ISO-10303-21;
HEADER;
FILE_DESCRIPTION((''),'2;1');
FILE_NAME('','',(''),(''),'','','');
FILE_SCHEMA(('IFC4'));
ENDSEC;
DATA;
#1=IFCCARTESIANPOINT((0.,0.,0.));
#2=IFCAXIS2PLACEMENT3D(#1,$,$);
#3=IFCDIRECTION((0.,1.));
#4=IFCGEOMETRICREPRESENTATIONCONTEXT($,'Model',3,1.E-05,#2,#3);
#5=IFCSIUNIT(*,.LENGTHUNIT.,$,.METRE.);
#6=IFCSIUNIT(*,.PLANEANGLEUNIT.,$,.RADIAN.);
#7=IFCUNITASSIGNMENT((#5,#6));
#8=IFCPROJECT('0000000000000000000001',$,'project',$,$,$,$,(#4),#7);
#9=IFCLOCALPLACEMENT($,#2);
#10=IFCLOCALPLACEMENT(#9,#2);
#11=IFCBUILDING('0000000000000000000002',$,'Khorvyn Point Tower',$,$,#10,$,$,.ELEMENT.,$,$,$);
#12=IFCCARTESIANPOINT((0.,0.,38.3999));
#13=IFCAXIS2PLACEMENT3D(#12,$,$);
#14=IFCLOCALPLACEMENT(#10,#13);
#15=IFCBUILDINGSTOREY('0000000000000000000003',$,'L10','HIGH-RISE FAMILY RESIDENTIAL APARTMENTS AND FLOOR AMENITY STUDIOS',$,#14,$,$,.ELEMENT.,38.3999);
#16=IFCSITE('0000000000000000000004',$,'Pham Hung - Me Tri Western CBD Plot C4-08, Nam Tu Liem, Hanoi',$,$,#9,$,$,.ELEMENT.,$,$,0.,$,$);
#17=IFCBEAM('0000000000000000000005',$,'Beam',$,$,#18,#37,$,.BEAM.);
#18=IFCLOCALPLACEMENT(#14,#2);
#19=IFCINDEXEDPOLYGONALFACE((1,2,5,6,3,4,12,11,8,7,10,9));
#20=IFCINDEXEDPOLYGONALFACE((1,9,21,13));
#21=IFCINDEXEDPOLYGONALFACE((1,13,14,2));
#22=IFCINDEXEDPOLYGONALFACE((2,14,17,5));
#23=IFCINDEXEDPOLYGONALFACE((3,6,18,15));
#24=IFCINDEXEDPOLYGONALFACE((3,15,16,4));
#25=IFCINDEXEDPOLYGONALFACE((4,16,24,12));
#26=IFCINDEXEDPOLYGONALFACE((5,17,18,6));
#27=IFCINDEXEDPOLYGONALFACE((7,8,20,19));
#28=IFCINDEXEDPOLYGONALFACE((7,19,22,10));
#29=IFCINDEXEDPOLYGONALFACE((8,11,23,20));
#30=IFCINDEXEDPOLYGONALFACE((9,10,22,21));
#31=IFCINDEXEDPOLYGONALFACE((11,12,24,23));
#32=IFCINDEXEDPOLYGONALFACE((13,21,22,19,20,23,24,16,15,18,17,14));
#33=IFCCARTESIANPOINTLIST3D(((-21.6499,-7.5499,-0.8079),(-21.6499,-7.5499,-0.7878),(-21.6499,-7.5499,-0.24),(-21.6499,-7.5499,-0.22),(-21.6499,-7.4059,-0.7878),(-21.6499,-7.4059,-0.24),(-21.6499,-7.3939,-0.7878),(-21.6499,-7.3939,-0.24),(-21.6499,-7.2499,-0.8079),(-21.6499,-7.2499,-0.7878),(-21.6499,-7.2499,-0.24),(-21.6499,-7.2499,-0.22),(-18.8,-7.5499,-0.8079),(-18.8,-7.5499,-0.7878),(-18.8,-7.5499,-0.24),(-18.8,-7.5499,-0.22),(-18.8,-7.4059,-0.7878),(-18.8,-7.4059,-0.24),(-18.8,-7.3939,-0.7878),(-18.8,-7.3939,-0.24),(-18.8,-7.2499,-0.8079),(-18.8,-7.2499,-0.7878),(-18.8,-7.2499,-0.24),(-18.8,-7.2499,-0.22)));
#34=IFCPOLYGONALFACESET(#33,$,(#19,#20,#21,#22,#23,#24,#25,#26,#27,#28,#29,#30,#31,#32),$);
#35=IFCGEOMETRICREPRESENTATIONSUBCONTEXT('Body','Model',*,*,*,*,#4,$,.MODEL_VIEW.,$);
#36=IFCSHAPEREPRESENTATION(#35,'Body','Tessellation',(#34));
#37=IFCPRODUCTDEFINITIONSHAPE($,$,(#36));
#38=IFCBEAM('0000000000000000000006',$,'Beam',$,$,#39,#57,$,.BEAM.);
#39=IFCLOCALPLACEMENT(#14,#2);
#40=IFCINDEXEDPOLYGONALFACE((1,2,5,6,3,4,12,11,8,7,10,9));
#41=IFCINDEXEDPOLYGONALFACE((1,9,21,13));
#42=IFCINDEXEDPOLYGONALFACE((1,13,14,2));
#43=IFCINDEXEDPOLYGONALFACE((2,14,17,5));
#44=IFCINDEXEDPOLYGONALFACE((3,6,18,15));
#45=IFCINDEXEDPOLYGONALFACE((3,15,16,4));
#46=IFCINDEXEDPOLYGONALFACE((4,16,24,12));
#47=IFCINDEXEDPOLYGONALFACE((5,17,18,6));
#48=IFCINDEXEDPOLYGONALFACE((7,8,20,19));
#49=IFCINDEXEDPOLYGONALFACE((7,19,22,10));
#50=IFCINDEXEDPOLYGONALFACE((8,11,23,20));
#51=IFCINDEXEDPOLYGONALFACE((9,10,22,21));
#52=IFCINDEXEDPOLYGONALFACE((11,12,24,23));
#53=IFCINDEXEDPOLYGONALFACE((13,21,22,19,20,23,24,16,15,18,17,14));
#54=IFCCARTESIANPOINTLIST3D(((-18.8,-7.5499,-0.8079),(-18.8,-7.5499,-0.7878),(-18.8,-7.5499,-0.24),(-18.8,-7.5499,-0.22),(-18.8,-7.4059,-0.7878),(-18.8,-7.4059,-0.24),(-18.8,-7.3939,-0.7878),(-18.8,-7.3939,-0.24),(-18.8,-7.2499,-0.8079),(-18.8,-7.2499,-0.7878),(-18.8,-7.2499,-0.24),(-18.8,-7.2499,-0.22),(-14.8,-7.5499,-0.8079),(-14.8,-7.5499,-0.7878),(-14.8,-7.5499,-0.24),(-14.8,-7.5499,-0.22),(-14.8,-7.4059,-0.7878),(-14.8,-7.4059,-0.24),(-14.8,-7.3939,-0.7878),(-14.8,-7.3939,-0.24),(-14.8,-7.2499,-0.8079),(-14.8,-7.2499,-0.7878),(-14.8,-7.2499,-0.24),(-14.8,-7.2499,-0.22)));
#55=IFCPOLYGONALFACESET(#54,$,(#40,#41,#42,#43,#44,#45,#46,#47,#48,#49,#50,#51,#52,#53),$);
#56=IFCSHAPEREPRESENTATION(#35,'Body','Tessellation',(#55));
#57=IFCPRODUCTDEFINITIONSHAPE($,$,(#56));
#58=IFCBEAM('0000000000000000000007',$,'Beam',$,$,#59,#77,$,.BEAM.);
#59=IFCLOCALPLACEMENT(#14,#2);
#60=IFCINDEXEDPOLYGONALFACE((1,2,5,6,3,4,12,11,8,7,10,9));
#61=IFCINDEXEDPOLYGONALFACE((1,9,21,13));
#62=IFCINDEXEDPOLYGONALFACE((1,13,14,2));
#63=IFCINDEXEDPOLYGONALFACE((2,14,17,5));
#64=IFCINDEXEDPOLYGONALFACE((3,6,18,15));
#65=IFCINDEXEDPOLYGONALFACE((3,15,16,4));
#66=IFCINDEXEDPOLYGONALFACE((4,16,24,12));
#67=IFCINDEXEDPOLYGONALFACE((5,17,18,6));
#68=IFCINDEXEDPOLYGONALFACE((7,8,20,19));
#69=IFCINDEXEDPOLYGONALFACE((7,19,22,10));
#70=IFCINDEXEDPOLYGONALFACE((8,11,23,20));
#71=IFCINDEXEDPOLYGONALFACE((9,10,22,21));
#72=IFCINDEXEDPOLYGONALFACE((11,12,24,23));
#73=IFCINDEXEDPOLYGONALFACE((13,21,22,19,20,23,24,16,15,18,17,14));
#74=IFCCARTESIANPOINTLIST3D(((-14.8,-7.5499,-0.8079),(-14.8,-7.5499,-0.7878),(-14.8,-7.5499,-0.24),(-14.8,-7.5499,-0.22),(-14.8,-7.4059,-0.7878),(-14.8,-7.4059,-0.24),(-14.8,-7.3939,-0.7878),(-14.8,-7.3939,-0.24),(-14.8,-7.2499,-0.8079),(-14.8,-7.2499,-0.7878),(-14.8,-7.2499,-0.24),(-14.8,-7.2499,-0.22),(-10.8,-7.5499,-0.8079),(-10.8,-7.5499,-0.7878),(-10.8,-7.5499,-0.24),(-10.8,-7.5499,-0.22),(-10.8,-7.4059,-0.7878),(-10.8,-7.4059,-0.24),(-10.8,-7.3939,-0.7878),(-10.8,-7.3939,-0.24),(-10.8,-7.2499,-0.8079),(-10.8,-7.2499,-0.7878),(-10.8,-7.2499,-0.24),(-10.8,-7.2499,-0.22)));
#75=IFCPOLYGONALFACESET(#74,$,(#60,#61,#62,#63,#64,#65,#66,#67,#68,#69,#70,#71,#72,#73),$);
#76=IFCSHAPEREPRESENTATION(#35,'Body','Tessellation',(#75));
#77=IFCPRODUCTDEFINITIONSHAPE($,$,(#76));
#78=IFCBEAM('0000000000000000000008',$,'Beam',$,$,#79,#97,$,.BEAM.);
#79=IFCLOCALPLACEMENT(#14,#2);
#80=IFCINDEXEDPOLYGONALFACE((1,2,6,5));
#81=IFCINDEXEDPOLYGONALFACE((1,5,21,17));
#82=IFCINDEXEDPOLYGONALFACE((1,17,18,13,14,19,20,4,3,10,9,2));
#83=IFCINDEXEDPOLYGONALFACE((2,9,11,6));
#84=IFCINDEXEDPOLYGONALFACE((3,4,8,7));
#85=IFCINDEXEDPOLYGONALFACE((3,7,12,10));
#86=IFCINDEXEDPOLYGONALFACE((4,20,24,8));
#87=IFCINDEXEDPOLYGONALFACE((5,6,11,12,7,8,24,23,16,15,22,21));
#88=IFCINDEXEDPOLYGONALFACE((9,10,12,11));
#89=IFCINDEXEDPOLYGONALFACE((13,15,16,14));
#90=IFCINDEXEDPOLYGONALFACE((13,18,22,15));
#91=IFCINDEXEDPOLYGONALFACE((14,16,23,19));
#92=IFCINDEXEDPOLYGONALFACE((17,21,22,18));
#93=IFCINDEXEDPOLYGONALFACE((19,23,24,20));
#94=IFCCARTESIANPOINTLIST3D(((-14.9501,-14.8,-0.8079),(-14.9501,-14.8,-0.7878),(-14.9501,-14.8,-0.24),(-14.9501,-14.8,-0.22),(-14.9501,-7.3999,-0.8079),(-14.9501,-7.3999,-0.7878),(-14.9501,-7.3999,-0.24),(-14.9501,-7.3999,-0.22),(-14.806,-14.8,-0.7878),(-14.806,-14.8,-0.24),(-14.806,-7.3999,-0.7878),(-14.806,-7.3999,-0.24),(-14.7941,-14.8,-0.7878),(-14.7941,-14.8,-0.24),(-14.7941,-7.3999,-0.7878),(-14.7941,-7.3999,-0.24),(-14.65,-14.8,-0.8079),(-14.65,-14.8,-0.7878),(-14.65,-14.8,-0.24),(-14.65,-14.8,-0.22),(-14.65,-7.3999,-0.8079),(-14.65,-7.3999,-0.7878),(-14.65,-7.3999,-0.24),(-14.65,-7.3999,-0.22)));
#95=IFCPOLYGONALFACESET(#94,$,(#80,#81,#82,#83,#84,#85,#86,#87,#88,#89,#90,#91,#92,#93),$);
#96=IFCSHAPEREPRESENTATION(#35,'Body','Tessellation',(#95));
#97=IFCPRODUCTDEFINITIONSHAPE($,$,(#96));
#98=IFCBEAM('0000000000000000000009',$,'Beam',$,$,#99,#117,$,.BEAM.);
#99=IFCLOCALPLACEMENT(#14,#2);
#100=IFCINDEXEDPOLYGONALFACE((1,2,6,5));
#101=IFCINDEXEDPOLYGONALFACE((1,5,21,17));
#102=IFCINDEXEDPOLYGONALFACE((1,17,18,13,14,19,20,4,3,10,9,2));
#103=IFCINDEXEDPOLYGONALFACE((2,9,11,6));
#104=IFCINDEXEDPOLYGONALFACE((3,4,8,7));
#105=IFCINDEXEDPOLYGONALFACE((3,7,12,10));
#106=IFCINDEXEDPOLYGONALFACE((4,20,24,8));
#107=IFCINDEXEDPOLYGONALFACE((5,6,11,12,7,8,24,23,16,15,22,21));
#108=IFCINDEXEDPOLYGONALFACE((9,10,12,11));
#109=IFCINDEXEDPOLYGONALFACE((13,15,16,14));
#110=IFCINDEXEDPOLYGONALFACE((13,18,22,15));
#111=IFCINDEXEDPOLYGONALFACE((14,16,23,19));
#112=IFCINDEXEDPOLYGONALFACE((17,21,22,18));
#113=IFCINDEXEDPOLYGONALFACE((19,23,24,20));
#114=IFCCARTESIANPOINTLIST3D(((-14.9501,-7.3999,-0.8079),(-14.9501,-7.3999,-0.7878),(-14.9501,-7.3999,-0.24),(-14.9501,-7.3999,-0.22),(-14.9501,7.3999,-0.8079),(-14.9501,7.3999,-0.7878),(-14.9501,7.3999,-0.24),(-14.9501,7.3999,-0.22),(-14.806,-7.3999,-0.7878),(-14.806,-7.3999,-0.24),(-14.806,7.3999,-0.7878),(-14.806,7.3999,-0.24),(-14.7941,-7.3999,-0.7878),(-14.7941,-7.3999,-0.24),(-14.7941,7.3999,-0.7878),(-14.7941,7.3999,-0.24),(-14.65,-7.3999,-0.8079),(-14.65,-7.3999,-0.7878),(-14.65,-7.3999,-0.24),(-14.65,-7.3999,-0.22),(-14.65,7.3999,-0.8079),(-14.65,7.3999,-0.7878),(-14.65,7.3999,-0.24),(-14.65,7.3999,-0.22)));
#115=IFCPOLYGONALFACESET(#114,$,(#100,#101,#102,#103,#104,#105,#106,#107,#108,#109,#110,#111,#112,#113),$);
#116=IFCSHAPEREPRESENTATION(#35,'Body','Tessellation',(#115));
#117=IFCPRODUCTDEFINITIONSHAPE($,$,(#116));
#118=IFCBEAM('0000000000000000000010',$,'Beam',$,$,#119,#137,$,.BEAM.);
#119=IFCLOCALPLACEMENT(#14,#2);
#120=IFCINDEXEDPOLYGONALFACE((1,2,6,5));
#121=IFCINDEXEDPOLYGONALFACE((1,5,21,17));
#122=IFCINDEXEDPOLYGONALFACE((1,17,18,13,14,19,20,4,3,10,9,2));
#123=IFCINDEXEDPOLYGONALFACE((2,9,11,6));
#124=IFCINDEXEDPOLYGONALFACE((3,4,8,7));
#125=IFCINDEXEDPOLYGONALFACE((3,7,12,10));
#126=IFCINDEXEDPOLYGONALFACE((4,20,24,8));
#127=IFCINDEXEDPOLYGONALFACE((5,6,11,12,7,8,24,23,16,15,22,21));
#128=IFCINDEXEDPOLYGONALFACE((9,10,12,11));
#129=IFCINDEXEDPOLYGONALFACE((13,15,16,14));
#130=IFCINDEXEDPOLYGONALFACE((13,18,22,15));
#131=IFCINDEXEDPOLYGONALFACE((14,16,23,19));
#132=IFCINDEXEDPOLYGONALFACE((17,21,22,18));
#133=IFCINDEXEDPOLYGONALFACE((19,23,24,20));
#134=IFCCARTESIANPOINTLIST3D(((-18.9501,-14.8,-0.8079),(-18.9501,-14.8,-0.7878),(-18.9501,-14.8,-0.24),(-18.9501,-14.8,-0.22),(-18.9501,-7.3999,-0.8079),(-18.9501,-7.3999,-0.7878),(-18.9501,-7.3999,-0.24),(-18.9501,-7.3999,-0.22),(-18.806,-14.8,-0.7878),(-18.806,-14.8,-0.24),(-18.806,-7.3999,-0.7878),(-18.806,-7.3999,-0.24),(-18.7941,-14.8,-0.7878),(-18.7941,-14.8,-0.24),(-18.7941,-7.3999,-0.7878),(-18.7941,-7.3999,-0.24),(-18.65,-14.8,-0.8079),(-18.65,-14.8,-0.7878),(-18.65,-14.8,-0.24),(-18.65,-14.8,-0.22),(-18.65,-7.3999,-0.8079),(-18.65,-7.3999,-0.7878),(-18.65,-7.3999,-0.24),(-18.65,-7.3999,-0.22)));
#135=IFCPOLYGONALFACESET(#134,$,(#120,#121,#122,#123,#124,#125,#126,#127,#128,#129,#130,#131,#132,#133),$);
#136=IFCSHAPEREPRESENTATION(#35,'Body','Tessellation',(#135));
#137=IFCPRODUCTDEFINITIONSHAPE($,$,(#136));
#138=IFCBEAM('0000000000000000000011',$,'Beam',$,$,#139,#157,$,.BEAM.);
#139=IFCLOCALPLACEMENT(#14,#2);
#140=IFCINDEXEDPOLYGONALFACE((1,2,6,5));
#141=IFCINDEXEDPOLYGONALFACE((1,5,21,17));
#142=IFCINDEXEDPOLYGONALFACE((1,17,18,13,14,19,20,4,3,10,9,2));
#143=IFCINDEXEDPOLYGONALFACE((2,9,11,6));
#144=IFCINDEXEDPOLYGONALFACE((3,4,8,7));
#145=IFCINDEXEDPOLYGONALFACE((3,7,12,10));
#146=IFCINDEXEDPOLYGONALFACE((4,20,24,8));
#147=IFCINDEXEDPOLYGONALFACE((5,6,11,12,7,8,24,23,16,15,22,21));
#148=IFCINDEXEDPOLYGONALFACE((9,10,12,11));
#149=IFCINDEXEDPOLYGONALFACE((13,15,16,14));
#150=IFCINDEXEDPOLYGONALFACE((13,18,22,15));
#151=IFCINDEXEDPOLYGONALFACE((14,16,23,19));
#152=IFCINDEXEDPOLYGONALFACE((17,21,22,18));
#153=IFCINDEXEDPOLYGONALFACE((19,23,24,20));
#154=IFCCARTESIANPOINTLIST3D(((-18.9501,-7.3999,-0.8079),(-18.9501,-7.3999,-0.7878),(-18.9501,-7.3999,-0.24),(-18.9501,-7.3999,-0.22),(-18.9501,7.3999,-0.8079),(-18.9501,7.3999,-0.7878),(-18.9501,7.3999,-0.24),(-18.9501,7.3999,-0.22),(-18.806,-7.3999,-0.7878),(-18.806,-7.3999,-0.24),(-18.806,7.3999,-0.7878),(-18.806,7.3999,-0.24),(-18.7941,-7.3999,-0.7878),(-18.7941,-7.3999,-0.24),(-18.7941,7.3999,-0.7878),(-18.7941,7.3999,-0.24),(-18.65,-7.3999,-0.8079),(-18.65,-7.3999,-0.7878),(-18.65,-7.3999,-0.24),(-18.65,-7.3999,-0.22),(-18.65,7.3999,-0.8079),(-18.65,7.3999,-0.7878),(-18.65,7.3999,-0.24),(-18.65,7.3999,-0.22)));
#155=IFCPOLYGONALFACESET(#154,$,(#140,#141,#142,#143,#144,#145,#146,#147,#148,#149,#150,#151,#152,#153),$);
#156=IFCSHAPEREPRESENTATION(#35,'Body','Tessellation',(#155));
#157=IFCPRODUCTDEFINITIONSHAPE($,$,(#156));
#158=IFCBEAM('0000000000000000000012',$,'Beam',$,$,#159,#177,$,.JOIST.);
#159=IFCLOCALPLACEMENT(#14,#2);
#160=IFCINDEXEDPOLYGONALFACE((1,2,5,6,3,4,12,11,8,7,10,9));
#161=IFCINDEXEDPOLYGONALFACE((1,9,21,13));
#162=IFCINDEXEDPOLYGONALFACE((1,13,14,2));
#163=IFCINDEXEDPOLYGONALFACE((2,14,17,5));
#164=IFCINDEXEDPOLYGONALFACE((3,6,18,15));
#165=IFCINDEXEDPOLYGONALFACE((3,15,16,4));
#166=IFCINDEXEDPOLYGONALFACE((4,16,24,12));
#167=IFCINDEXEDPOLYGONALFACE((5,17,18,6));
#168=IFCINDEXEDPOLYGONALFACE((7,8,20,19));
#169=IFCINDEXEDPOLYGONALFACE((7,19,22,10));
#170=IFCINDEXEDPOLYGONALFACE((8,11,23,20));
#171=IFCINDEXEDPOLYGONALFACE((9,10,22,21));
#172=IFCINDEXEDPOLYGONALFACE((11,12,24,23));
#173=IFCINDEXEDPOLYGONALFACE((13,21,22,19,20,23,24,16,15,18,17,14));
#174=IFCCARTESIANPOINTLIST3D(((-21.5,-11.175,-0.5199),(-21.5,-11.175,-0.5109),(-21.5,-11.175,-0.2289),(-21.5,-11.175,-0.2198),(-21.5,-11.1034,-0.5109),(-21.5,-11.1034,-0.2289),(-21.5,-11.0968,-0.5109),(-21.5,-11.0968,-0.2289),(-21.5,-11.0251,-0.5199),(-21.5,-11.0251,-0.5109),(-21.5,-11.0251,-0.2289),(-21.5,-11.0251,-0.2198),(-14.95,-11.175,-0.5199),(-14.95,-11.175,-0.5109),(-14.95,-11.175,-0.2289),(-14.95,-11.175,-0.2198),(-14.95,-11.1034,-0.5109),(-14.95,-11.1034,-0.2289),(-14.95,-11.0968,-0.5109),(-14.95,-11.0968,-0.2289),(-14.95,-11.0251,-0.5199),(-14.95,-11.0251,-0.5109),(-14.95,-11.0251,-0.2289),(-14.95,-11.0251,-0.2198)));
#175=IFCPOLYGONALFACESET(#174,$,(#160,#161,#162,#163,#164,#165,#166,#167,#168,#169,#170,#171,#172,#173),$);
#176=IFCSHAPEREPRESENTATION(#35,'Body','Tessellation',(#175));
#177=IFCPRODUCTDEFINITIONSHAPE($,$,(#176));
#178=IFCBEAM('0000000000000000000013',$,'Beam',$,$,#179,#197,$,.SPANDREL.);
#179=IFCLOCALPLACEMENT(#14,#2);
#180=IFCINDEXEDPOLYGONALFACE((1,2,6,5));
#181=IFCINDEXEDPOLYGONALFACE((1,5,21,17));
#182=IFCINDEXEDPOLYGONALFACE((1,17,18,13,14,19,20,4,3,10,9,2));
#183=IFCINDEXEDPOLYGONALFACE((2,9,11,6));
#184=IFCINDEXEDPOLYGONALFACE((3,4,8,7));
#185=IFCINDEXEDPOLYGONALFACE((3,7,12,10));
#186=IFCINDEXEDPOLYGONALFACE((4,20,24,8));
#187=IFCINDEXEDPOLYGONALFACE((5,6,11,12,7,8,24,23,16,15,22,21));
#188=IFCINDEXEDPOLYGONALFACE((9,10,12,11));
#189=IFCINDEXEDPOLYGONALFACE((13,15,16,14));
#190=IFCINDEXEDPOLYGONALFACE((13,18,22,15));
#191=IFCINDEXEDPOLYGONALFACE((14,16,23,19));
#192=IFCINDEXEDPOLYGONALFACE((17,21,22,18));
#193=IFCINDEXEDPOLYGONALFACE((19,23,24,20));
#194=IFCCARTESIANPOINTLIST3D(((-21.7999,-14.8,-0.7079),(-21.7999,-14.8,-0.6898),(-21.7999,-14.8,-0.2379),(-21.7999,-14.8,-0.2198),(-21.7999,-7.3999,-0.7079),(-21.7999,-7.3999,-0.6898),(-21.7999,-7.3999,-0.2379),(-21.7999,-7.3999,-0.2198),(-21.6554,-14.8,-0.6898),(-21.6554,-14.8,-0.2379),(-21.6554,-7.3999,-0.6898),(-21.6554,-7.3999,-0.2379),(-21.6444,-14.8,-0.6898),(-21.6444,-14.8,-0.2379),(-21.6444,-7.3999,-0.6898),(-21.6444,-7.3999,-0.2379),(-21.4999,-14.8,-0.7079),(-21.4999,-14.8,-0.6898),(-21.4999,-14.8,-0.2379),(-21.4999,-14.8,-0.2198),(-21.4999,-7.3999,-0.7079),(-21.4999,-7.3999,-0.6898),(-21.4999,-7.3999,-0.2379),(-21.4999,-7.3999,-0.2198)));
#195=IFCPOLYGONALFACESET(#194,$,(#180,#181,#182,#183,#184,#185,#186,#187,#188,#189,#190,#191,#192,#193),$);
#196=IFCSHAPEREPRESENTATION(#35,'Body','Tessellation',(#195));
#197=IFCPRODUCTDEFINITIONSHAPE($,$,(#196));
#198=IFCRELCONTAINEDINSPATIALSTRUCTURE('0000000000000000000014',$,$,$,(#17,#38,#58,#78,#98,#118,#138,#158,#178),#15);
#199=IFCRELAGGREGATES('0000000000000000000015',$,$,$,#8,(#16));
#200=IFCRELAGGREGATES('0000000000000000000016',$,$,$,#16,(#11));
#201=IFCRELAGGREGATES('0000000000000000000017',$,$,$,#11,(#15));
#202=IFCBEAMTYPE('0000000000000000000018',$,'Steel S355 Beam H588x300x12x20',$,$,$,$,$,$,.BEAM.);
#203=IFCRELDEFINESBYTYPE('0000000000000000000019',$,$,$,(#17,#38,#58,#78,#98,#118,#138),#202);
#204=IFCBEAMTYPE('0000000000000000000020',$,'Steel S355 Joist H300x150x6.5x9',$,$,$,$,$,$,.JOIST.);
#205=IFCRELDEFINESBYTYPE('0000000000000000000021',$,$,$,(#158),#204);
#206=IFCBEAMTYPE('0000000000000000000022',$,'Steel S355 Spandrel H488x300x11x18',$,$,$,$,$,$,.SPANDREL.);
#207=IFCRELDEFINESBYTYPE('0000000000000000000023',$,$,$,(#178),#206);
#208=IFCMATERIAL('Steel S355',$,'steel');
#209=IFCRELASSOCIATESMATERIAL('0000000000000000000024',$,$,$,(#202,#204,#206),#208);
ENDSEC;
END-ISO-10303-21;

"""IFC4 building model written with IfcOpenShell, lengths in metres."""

from ifc_helpers import new_model, si_unit, direction, frame, origin, origin_2d, place, context, subcontext, project, spatial, i_section, extrude, material, material_profile, profile_set, type_object, element, save


model = new_model("IFC4")

# Units and contexts
model_context = context("Model", 3, precision=1e-05, world=origin(), true_north=direction((0.0, 1.0)))
body_context = subcontext(model_context, "Body", "Model", "MODEL_VIEW")
ifc_project = project(units=[si_unit("LENGTHUNIT", "METRE"), si_unit("PLANEANGLEUNIT", "RADIAN")], contexts=[model_context])

# Site, building, storey
site_placement = place(None, origin())
site = spatial("IfcSite", under=ifc_project, at=site_placement, Name="Pham Hung - Me Tri Western CBD Plot C4-08, Nam Tu Liem, Hanoi", CompositionType="ELEMENT", RefElevation=0.0)
building_placement = place(site_placement, origin())
building = spatial("IfcBuilding", under=site, at=building_placement, Name="Khorvyn Point Tower", CompositionType="ELEMENT")
storey_placement = place(building_placement, frame((0.0, 0.0, 38.3999)))
storey = spatial("IfcBuildingStorey", under=building, at=storey_placement, Name="L10", Description="HIGH-RISE FAMILY RESIDENTIAL APARTMENTS AND FLOOR AMENITY STUDIOS", CompositionType="ELEMENT", Elevation=38.3999)

# Beams
ifc_material_1 = material(Name="Steel S355", Category="steel")
ifc_material_profile_1 = material_profile(ifc_material_1, i_section(OverallWidth=0.3, OverallDepth=0.5879, WebThickness=0.012, FlangeThickness=0.02, at=origin_2d()))
ifc_profile_set_1 = profile_set([ifc_material_profile_1], Name="Steel S355 H588x300x12x20")
beam_type_1 = type_object("IfcBeamType", Name="Steel S355 Beam H588x300x12x20", PredefinedType="BEAM", material=ifc_profile_set_1)
beam_1_placement = place(storey_placement, frame((-21.6499, -7.3999, -0.5139), z_axis=(1.0, 0.0, 0.0), x_axis=(0.0, 1.0, 0.0)))
element("IfcBeam", 1, at=beam_1_placement, inside=storey, type_object=beam_type_1, Name="Beam", PredefinedType="BEAM", context=body_context, shape_type="SweptSolid", body=[
    extrude(i_section(OverallWidth=0.3, OverallDepth=0.5879, WebThickness=0.012, FlangeThickness=0.02, at=origin_2d()), origin(), (0.0, 0.0, 1.0), 2.8499),
])
for number, where, z_axis, x_axis, name in (
    (2, (-18.8, -7.3999, -0.5139), (1.0, 0.0, 0.0), (0.0, 1.0, 0.0), "Beam"),
    (3, (-14.8, -7.3999, -0.5139), (1.0, 0.0, 0.0), (0.0, 1.0, 0.0), "Beam"),
):
    element("IfcBeam", number, at=place(storey_placement, frame(where, z_axis=z_axis, x_axis=x_axis)), inside=storey, type_object=beam_type_1, Name=name, PredefinedType="BEAM", context=body_context, shape_type="SweptSolid", body=[
        extrude(i_section(OverallWidth=0.3, OverallDepth=0.5879, WebThickness=0.012, FlangeThickness=0.02, at=origin_2d()), origin(), (0.0, 0.0, 1.0), 4.0),
    ])
beam_2_placement = place(storey_placement, frame((-14.8, -14.8, -0.5139), z_axis=(0.0, 1.0, 0.0), x_axis=(-1.0, 0.0, 0.0)))
element("IfcBeam", 4, at=beam_2_placement, inside=storey, type_object=beam_type_1, Name="Beam", PredefinedType="BEAM", context=body_context, shape_type="SweptSolid", body=[
    extrude(i_section(OverallWidth=0.3, OverallDepth=0.5879, WebThickness=0.012, FlangeThickness=0.02, at=origin_2d()), origin(), (0.0, 0.0, 1.0), 7.4001),
])
beam_3_placement = place(storey_placement, frame((-14.8, -7.3999, -0.5139), z_axis=(0.0, 1.0, 0.0), x_axis=(-1.0, 0.0, 0.0)))
element("IfcBeam", 5, at=beam_3_placement, inside=storey, type_object=beam_type_1, Name="Beam", PredefinedType="BEAM", context=body_context, shape_type="SweptSolid", body=[
    extrude(i_section(OverallWidth=0.3, OverallDepth=0.5879, WebThickness=0.012, FlangeThickness=0.02, at=origin_2d()), origin(), (0.0, 0.0, 1.0), 14.7998),
])
beam_4_placement = place(storey_placement, frame((-18.8, -14.8, -0.5139), z_axis=(0.0, 1.0, 0.0), x_axis=(-1.0, 0.0, 0.0)))
element("IfcBeam", 6, at=beam_4_placement, inside=storey, type_object=beam_type_1, Name="Beam", PredefinedType="BEAM", context=body_context, shape_type="SweptSolid", body=[
    extrude(i_section(OverallWidth=0.3, OverallDepth=0.5879, WebThickness=0.012, FlangeThickness=0.02, at=origin_2d()), origin(), (0.0, 0.0, 1.0), 7.4001),
])
beam_5_placement = place(storey_placement, frame((-18.8, -7.3999, -0.5139), z_axis=(0.0, 1.0, 0.0), x_axis=(-1.0, 0.0, 0.0)))
element("IfcBeam", 7, at=beam_5_placement, inside=storey, type_object=beam_type_1, Name="Beam", PredefinedType="BEAM", context=body_context, shape_type="SweptSolid", body=[
    extrude(i_section(OverallWidth=0.3, OverallDepth=0.5879, WebThickness=0.012, FlangeThickness=0.02, at=origin_2d()), origin(), (0.0, 0.0, 1.0), 14.7998),
])
ifc_material_profile_2 = material_profile(ifc_material_1, i_section(OverallWidth=0.1499, OverallDepth=0.3, WebThickness=0.0066, FlangeThickness=0.009, at=origin_2d()))
ifc_profile_set_2 = profile_set([ifc_material_profile_2], Name="Steel S355 H300x150x6.5x9")
beam_type_2 = type_object("IfcBeamType", Name="Steel S355 Joist H300x150x6.5x9", PredefinedType="JOIST", material=ifc_profile_set_2)
beam_6_placement = place(storey_placement, frame((-21.5, -11.1001, -0.3699), z_axis=(1.0, 0.0, 0.0), x_axis=(0.0, 1.0, 0.0)))
element("IfcBeam", 8, at=beam_6_placement, inside=storey, type_object=beam_type_2, Name="Beam", PredefinedType="JOIST", context=body_context, shape_type="SweptSolid", body=[
    extrude(i_section(OverallWidth=0.1499, OverallDepth=0.3, WebThickness=0.0066, FlangeThickness=0.009, at=origin_2d()), origin(), (0.0, 0.0, 1.0), 6.55),
])
ifc_material_profile_3 = material_profile(ifc_material_1, i_section(OverallWidth=0.3, OverallDepth=0.488, WebThickness=0.011, FlangeThickness=0.0181, at=origin_2d()))
ifc_profile_set_3 = profile_set([ifc_material_profile_3], Name="Steel S355 H488x300x11x18")
beam_type_3 = type_object("IfcBeamType", Name="Steel S355 Spandrel H488x300x11x18", PredefinedType="SPANDREL", material=ifc_profile_set_3)
beam_7_placement = place(storey_placement, frame((-21.6499, -14.8, -0.4639), z_axis=(0.0, 1.0, 0.0), x_axis=(-1.0, 0.0, 0.0)))
element("IfcBeam", 9, at=beam_7_placement, inside=storey, type_object=beam_type_3, Name="Beam", PredefinedType="SPANDREL", context=body_context, shape_type="SweptSolid", body=[
    extrude(i_section(OverallWidth=0.3, OverallDepth=0.488, WebThickness=0.011, FlangeThickness=0.0181, at=origin_2d()), origin(), (0.0, 0.0, 1.0), 7.4001),
])

save(model, "model.ifc")
